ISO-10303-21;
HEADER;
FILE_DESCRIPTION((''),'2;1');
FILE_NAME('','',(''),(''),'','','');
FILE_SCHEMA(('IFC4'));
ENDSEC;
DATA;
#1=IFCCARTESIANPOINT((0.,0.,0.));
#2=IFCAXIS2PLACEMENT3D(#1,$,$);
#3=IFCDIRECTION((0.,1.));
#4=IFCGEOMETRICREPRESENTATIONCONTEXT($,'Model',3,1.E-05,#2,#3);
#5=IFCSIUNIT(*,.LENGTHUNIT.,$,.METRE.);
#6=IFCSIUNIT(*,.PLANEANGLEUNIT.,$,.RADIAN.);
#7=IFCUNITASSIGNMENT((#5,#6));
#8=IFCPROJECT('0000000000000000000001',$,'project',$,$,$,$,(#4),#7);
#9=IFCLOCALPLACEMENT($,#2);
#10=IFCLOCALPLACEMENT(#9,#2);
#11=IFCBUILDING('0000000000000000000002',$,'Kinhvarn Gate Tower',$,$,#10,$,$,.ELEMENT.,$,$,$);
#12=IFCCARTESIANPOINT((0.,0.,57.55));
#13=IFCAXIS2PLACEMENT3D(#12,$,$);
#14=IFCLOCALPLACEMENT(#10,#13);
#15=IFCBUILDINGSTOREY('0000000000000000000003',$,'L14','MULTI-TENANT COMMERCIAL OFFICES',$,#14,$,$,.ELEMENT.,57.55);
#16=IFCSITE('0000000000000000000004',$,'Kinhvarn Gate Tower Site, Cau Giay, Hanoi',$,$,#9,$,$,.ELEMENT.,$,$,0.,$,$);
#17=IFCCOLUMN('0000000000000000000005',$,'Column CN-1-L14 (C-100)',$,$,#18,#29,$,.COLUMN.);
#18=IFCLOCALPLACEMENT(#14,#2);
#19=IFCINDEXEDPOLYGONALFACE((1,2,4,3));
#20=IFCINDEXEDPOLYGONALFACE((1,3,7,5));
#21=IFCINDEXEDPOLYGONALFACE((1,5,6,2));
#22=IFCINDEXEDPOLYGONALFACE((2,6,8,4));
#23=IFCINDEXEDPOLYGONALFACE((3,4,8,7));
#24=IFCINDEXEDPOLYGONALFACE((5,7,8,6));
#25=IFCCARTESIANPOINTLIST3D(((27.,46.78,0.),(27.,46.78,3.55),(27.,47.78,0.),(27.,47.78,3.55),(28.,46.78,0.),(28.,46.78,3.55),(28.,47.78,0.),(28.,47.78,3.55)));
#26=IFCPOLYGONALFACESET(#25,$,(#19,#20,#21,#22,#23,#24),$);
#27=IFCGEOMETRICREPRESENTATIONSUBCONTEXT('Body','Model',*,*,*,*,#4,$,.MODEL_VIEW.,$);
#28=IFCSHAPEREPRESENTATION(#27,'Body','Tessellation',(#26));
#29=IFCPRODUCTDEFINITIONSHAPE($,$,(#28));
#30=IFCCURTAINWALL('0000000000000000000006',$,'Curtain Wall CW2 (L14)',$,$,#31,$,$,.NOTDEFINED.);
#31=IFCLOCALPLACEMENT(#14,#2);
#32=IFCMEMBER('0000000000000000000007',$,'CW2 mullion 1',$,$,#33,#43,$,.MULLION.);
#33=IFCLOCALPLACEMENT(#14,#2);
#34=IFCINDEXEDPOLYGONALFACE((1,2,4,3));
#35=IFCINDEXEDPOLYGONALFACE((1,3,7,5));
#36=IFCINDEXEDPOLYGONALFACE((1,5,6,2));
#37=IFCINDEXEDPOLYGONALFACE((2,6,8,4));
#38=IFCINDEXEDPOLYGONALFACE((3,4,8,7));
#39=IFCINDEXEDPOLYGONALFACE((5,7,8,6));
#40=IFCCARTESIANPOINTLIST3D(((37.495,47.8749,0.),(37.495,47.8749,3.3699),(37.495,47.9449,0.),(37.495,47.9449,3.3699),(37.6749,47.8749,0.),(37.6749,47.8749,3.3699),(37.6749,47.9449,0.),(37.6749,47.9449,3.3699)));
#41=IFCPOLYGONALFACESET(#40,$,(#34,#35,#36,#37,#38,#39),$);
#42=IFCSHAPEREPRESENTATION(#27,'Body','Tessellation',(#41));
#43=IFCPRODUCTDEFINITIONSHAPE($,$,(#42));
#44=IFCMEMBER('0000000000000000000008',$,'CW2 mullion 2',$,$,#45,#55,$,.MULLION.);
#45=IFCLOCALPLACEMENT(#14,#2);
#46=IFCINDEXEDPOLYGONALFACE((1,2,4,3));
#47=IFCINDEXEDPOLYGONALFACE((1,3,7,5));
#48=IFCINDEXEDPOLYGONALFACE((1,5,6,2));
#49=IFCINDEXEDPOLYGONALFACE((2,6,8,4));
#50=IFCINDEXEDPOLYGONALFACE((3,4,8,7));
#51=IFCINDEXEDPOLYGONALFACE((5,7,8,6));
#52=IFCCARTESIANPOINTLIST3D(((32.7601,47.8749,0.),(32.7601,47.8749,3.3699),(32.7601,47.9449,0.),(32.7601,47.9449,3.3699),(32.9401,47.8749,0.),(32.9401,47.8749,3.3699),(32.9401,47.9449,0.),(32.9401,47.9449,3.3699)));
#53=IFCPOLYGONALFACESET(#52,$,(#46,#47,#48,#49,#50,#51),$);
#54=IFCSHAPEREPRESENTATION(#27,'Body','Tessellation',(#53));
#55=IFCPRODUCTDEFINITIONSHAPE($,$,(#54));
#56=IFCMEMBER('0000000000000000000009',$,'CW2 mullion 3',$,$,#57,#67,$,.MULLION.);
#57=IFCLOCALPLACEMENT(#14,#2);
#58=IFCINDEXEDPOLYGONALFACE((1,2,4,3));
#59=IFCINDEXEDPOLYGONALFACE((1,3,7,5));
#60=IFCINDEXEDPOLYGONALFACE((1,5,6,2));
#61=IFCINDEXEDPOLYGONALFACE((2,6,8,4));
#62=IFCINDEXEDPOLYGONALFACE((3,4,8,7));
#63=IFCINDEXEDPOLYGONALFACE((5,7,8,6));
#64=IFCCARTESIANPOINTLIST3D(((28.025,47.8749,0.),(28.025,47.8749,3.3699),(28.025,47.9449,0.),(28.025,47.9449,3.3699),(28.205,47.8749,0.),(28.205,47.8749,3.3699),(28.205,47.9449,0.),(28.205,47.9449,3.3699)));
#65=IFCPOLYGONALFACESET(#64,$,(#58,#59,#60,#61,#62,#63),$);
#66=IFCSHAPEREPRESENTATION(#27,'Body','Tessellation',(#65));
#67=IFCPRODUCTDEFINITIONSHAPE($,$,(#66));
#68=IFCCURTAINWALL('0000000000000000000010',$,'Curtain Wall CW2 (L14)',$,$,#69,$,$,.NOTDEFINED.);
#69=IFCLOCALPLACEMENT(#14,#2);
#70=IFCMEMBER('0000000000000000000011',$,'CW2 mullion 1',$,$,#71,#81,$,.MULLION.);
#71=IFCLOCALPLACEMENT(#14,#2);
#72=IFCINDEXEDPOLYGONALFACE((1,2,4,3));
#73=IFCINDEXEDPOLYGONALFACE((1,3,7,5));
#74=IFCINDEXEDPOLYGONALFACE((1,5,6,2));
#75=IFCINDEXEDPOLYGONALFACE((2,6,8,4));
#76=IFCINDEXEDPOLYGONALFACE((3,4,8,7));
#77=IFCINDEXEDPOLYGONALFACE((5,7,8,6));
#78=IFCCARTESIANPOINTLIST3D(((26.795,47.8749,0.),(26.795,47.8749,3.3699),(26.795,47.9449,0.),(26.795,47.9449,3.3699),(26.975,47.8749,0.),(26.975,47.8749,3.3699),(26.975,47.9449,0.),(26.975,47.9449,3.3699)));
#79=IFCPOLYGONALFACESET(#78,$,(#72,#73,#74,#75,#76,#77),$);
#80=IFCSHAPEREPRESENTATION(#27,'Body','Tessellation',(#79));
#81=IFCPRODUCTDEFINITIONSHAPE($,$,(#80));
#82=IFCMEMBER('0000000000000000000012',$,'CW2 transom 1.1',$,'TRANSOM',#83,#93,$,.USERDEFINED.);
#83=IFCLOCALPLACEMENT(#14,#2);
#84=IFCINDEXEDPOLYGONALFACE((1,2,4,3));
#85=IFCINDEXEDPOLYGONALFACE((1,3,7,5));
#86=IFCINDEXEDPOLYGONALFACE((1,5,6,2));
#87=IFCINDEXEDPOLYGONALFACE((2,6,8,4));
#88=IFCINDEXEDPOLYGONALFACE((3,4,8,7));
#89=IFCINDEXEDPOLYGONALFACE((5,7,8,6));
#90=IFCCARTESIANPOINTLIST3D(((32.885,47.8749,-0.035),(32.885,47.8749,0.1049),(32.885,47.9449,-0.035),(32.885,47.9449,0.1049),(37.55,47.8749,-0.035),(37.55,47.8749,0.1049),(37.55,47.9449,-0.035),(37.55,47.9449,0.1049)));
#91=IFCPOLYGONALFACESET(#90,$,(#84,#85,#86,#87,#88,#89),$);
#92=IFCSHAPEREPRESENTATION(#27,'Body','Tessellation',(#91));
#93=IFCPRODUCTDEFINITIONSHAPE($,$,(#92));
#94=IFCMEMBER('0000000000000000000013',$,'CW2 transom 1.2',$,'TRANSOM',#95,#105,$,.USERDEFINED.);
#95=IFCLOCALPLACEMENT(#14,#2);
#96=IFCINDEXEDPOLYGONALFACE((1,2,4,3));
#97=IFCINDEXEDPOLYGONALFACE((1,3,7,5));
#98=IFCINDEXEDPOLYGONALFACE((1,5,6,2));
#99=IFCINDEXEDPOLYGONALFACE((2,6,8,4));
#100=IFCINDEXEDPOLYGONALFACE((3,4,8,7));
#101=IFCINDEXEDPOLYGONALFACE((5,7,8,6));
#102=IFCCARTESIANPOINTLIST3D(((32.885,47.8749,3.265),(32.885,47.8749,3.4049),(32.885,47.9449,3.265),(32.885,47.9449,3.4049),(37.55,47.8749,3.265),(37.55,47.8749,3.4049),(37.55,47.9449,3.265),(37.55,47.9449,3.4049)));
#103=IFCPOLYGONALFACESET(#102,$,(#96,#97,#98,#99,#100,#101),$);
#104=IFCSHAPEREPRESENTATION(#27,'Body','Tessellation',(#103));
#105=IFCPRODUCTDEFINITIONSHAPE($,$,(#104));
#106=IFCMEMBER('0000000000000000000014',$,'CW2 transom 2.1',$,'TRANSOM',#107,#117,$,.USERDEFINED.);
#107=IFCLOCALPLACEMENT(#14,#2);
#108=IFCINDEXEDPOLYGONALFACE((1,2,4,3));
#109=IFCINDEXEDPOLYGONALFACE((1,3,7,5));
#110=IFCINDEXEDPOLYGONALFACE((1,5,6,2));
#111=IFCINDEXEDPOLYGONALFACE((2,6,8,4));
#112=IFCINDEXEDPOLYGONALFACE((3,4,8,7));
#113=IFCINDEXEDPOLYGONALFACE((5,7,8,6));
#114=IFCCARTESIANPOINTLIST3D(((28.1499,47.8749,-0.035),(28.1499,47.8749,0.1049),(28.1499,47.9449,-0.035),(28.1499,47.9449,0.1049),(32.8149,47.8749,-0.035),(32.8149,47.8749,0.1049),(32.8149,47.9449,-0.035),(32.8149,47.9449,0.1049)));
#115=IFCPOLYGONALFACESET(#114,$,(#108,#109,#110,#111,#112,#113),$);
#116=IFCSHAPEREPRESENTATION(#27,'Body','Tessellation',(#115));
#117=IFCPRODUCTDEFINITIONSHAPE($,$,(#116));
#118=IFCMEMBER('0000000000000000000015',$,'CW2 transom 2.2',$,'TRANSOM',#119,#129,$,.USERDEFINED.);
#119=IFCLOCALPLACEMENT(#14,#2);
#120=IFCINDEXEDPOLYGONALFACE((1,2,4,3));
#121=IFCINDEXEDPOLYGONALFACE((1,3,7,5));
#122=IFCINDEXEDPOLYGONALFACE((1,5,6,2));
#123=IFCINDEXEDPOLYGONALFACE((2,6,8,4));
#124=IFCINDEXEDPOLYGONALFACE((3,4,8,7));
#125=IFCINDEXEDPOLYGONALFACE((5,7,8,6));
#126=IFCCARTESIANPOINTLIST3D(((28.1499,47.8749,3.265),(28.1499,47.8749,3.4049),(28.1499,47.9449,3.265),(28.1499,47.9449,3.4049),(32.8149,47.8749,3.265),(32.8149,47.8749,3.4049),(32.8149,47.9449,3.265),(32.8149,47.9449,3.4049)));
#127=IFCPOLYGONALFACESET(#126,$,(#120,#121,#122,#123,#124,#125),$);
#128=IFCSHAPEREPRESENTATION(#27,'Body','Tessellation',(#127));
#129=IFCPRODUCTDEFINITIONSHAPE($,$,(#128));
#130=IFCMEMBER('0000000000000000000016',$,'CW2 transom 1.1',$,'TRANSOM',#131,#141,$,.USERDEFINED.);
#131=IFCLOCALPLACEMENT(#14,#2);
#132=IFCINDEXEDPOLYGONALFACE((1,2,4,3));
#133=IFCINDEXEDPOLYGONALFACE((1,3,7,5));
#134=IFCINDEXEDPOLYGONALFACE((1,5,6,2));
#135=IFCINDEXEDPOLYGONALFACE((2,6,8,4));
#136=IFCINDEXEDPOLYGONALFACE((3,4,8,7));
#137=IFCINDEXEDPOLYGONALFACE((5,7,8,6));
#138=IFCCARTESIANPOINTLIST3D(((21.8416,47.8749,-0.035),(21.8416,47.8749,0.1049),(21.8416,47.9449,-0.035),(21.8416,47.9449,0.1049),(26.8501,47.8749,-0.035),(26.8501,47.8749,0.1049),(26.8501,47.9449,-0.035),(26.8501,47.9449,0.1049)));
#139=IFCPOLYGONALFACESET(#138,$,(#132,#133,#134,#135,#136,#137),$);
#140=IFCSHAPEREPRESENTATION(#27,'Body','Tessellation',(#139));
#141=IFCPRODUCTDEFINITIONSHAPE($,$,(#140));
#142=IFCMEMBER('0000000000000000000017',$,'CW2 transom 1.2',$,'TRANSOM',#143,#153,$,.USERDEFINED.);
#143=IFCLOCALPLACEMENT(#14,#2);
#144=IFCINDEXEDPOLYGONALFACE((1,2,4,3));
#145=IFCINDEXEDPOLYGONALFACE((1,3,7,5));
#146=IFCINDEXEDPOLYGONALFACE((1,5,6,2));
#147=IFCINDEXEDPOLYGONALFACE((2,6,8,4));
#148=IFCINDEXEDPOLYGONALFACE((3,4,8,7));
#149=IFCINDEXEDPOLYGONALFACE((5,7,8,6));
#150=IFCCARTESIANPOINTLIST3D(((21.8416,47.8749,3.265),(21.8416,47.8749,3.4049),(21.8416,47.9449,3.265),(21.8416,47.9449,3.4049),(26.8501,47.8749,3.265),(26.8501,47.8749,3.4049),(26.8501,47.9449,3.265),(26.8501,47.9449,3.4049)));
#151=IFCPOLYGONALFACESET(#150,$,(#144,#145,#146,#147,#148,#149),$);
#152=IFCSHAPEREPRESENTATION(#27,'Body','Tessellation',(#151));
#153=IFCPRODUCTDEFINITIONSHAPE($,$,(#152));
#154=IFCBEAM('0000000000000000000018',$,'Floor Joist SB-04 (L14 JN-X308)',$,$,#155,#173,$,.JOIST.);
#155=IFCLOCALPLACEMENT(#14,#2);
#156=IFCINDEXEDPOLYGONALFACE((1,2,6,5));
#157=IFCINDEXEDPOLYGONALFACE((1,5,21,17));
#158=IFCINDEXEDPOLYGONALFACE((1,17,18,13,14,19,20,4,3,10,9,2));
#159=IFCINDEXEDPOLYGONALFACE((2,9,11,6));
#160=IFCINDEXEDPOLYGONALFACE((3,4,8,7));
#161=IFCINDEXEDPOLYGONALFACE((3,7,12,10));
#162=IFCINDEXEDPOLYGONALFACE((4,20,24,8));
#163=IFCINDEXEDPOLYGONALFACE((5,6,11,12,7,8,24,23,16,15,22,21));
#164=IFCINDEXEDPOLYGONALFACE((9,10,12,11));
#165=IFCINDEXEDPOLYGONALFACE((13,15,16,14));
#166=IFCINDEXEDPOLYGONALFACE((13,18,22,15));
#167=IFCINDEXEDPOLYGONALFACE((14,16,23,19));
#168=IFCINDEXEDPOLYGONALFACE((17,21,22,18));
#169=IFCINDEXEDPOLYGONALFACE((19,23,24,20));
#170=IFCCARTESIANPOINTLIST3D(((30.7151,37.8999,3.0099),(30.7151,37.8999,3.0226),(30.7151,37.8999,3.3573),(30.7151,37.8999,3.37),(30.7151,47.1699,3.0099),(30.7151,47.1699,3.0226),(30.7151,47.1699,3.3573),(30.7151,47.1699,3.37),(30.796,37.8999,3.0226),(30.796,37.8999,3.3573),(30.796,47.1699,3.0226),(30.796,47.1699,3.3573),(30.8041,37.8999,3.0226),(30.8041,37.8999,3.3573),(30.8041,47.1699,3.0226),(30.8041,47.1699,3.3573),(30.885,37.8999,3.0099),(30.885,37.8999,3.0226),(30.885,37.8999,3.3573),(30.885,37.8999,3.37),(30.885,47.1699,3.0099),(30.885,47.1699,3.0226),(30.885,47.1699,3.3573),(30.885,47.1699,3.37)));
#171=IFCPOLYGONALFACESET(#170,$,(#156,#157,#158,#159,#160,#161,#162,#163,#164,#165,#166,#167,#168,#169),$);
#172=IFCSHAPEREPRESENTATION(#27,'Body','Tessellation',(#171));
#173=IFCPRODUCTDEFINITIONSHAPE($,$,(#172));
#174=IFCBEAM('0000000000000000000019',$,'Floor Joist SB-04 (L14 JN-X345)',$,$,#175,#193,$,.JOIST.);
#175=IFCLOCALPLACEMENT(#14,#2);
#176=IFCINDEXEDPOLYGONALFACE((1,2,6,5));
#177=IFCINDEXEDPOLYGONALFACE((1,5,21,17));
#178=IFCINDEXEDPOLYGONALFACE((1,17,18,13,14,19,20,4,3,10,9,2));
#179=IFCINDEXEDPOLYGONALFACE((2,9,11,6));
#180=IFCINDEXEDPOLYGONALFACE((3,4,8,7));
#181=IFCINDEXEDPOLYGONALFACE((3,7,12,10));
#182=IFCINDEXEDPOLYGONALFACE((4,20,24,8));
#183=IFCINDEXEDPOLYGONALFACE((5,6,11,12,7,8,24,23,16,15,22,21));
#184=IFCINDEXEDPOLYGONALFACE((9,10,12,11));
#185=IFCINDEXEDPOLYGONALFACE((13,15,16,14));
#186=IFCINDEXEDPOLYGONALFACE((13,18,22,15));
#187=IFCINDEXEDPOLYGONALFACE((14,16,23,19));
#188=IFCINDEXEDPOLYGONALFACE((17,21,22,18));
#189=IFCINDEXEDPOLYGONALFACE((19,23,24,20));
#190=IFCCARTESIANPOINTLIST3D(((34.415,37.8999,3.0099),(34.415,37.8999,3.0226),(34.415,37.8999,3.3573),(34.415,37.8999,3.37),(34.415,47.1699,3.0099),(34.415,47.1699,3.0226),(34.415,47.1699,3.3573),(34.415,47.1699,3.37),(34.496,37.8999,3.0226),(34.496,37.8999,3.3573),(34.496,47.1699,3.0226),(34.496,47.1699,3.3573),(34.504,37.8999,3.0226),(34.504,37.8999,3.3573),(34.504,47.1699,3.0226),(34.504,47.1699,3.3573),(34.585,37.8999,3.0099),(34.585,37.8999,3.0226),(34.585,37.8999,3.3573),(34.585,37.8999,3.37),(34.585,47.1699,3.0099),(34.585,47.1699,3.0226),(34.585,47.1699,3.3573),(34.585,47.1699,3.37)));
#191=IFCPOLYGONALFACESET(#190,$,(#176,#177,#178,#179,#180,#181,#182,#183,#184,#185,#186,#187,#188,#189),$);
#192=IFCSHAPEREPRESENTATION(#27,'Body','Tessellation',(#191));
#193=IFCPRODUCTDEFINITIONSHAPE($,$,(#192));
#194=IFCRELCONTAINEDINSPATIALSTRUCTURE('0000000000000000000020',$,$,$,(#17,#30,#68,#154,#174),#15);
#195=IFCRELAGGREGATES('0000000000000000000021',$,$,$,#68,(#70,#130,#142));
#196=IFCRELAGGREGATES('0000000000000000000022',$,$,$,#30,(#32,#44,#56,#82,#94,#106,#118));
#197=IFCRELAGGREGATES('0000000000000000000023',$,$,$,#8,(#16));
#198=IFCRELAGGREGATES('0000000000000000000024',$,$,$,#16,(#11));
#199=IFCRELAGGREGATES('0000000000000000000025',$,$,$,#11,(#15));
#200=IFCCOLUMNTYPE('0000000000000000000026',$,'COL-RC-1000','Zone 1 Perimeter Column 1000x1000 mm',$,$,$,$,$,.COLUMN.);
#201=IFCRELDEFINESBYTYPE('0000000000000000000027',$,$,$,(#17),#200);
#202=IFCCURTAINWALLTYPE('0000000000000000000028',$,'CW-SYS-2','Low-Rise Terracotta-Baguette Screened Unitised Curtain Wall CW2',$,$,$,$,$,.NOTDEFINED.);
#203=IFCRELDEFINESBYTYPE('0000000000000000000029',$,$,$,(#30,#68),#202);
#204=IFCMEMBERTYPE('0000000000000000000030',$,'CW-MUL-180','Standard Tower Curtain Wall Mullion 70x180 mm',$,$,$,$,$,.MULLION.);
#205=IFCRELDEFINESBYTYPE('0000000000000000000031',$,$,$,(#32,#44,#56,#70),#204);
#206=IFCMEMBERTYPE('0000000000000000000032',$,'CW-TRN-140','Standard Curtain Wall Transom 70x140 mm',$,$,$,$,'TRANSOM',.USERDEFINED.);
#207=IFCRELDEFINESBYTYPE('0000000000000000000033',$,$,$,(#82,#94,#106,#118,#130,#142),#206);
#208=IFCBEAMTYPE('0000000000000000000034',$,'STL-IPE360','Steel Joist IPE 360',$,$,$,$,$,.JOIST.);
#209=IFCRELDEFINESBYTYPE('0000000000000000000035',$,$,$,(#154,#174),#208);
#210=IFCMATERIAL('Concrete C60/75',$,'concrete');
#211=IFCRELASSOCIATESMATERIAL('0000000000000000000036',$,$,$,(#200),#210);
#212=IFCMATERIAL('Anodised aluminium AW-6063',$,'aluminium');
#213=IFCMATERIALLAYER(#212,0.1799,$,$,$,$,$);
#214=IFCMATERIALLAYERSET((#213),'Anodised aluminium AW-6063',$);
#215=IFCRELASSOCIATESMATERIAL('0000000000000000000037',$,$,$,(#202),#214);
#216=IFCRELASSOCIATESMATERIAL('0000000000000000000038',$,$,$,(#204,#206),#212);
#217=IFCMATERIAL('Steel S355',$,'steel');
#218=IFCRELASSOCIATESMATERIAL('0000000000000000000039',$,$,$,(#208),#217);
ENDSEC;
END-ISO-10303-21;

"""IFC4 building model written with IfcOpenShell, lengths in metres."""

from ifc_helpers import new_model, si_unit, direction, frame, origin, origin_2d, place, context, subcontext, project, spatial, rectangle, i_section, extrude, material, layer, layer_set, material_profile, profile_set, type_object, element, aggregate, save


model = new_model("IFC4")

# Units and contexts
model_context = context("Model", 3, precision=1e-05, world=origin(), true_north=direction((0.0, 1.0)))
body_context = subcontext(model_context, "Body", "Model", "MODEL_VIEW")
ifc_project = project(units=[si_unit("LENGTHUNIT", "METRE"), si_unit("PLANEANGLEUNIT", "RADIAN")], contexts=[model_context])

# Site, building, storey
site_placement = place(None, origin())
site = spatial("IfcSite", under=ifc_project, at=site_placement, Name="Kinhvarn Gate Tower Site, Cau Giay, Hanoi", CompositionType="ELEMENT", RefElevation=0.0)
building_placement = place(site_placement, origin())
building = spatial("IfcBuilding", under=site, at=building_placement, Name="Kinhvarn Gate Tower", CompositionType="ELEMENT")
storey_placement = place(building_placement, frame((0.0, 0.0, 57.55)))
storey = spatial("IfcBuildingStorey", under=building, at=storey_placement, Name="L14", Description="MULTI-TENANT COMMERCIAL OFFICES", CompositionType="ELEMENT", Elevation=57.55)

# Column
ifc_material_1 = material(Name="Concrete C60/75", Category="concrete")
ifc_material_profile_1 = material_profile(ifc_material_1, rectangle(XDim=1.0, YDim=1.0, at=origin_2d()), Name="RC 1000x1000")
ifc_profile_set_1 = profile_set([ifc_material_profile_1], Name="Concrete C60/75")
column_type = type_object("IfcColumnType", Name="COL-RC-1000", Description="Zone 1 Perimeter Column 1000x1000 mm", PredefinedType="COLUMN", material=ifc_profile_set_1)
column_placement = place(storey_placement, frame((27.5, 47.28, 0.0), z_axis=(0.0, 0.0, 1.0), x_axis=(1.0, 0.0, 0.0)))
element("IfcColumn", 1, at=column_placement, inside=storey, type_object=column_type, Name="Column CN-1-L14 (C-100)", PredefinedType="COLUMN", context=body_context, shape_type="SweptSolid", body=[
    extrude(rectangle(XDim=1.0, YDim=1.0, at=origin_2d()), origin(), (0.0, 0.0, 1.0), 3.55),
])

# Curtain wall, members
ifc_material_2 = material(Name="Anodised aluminium AW-6063", Category="aluminium")
ifc_layer_1 = layer(ifc_material_2, 0.1799)
ifc_layer_set_1 = layer_set([ifc_layer_1], Name="Anodised aluminium AW-6063")
curtain_wall_type = type_object("IfcCurtainWallType", Name="CW-SYS-2", Description="Low-Rise Terracotta-Baguette Screened Unitised Curtain Wall CW2", PredefinedType="NOTDEFINED", material=ifc_layer_set_1)
curtain_wall_1_placement = place(storey_placement, origin())
curtain_wall_1 = element("IfcCurtainWall", 2, at=curtain_wall_1_placement, inside=storey, type_object=curtain_wall_type, Name="Curtain Wall CW2 (L14)", PredefinedType="NOTDEFINED")
ifc_material_profile_2 = material_profile(ifc_material_2, rectangle(XDim=0.0701, YDim=0.1799, at=origin_2d()), Name="ALU 70x180")
ifc_profile_set_2 = profile_set([ifc_material_profile_2], Name="Anodised aluminium AW-6063")
member_type_1 = type_object("IfcMemberType", Name="CW-MUL-180", Description="Standard Tower Curtain Wall Mullion 70x180 mm", PredefinedType="MULLION", material=ifc_profile_set_2)
member_1_placement = place(storey_placement, frame((37.585, 47.9099, 0.0), z_axis=(0.0, 0.0, 1.0), x_axis=(0.0, -1.0, 0.0)))
member_1 = element("IfcMember", 3, at=member_1_placement, type_object=member_type_1, Name="CW2 mullion 1", PredefinedType="MULLION", context=body_context, shape_type="SweptSolid", body=[
    extrude(rectangle(XDim=0.0701, YDim=0.1799, at=origin_2d()), origin(), (0.0, 0.0, 1.0), 3.3699),
])
member_2_placement = place(storey_placement, frame((32.8501, 47.9099, 0.0), z_axis=(0.0, 0.0, 1.0), x_axis=(0.0, -1.0, 0.0)))
member_2 = element("IfcMember", 4, at=member_2_placement, type_object=member_type_1, Name="CW2 mullion 2", PredefinedType="MULLION", context=body_context, shape_type="SweptSolid", body=[
    extrude(rectangle(XDim=0.0701, YDim=0.1799, at=origin_2d()), origin(), (0.0, 0.0, 1.0), 3.3699),
])
member_3_placement = place(storey_placement, frame((28.115, 47.9099, 0.0), z_axis=(0.0, 0.0, 1.0), x_axis=(0.0, -1.0, 0.0)))
member_3 = element("IfcMember", 5, at=member_3_placement, type_object=member_type_1, Name="CW2 mullion 3", PredefinedType="MULLION", context=body_context, shape_type="SweptSolid", body=[
    extrude(rectangle(XDim=0.0701, YDim=0.1799, at=origin_2d()), origin(), (0.0, 0.0, 1.0), 3.3699),
])

# Curtain wall, member
curtain_wall_2_placement = place(storey_placement, origin())
curtain_wall_2 = element("IfcCurtainWall", 6, at=curtain_wall_2_placement, inside=storey, type_object=curtain_wall_type, Name="Curtain Wall CW2 (L14)", PredefinedType="NOTDEFINED")
member_4_placement = place(storey_placement, frame((26.885, 47.9099, 0.0), z_axis=(0.0, 0.0, 1.0), x_axis=(0.0, -1.0, 0.0)))
member_4 = element("IfcMember", 7, at=member_4_placement, type_object=member_type_1, Name="CW2 mullion 1", PredefinedType="MULLION", context=body_context, shape_type="SweptSolid", body=[
    extrude(rectangle(XDim=0.0701, YDim=0.1799, at=origin_2d()), origin(), (0.0, 0.0, 1.0), 3.3699),
])

# Members
ifc_material_profile_3 = material_profile(ifc_material_2, rectangle(XDim=0.0701, YDim=0.1399, at=origin_2d()), Name="ALU 70x140")
ifc_profile_set_3 = profile_set([ifc_material_profile_3], Name="Anodised aluminium AW-6063")
member_type_2 = type_object("IfcMemberType", Name="CW-TRN-140", Description="Standard Curtain Wall Transom 70x140 mm", ElementType="TRANSOM", PredefinedType="USERDEFINED", material=ifc_profile_set_3)
member_5_placement = place(storey_placement, frame((37.55, 47.9099, 0.0349), z_axis=(-1.0, 0.0, 0.0), x_axis=(0.0, -1.0, 0.0)))
member_5 = element("IfcMember", 8, at=member_5_placement, type_object=member_type_2, Name="CW2 transom 1.1", ObjectType="TRANSOM", PredefinedType="USERDEFINED", context=body_context, shape_type="SweptSolid", body=[
    extrude(rectangle(XDim=0.0701, YDim=0.1399, at=origin_2d()), origin(), (0.0, 0.0, 1.0), 4.665),
])
member_6_placement = place(storey_placement, frame((37.55, 47.9099, 3.335), z_axis=(-1.0, 0.0, 0.0), x_axis=(0.0, -1.0, 0.0)))
member_6 = element("IfcMember", 9, at=member_6_placement, type_object=member_type_2, Name="CW2 transom 1.2", ObjectType="TRANSOM", PredefinedType="USERDEFINED", context=body_context, shape_type="SweptSolid", body=[
    extrude(rectangle(XDim=0.0701, YDim=0.1399, at=origin_2d()), origin(), (0.0, 0.0, 1.0), 4.665),
])
member_7_placement = place(storey_placement, frame((32.8149, 47.9099, 0.0349), z_axis=(-1.0, 0.0, 0.0), x_axis=(0.0, -1.0, 0.0)))
member_7 = element("IfcMember", 10, at=member_7_placement, type_object=member_type_2, Name="CW2 transom 2.1", ObjectType="TRANSOM", PredefinedType="USERDEFINED", context=body_context, shape_type="SweptSolid", body=[
    extrude(rectangle(XDim=0.0701, YDim=0.1399, at=origin_2d()), origin(), (0.0, 0.0, 1.0), 4.665),
])
member_8_placement = place(storey_placement, frame((32.8149, 47.9099, 3.335), z_axis=(-1.0, 0.0, 0.0), x_axis=(0.0, -1.0, 0.0)))
member_8 = element("IfcMember", 11, at=member_8_placement, type_object=member_type_2, Name="CW2 transom 2.2", ObjectType="TRANSOM", PredefinedType="USERDEFINED", context=body_context, shape_type="SweptSolid", body=[
    extrude(rectangle(XDim=0.0701, YDim=0.1399, at=origin_2d()), origin(), (0.0, 0.0, 1.0), 4.665),
])
member_9_placement = place(storey_placement, frame((26.8501, 47.9099, 0.0349), z_axis=(-1.0, 0.0, 0.0), x_axis=(0.0, -1.0, 0.0)))
member_9 = element("IfcMember", 12, at=member_9_placement, type_object=member_type_2, Name="CW2 transom 1.1", ObjectType="TRANSOM", PredefinedType="USERDEFINED", context=body_context, shape_type="SweptSolid", body=[
    extrude(rectangle(XDim=0.0701, YDim=0.1399, at=origin_2d()), origin(), (0.0, 0.0, 1.0), 5.0085),
])
member_10_placement = place(storey_placement, frame((26.8501, 47.9099, 3.335), z_axis=(-1.0, 0.0, 0.0), x_axis=(0.0, -1.0, 0.0)))
member_10 = element("IfcMember", 13, at=member_10_placement, type_object=member_type_2, Name="CW2 transom 1.2", ObjectType="TRANSOM", PredefinedType="USERDEFINED", context=body_context, shape_type="SweptSolid", body=[
    extrude(rectangle(XDim=0.0701, YDim=0.1399, at=origin_2d()), origin(), (0.0, 0.0, 1.0), 5.0085),
])
aggregate(curtain_wall_2, [member_4, member_9, member_10])

# Beams
ifc_material_3 = material(Name="Steel S355", Category="steel")
ifc_material_profile_4 = material_profile(ifc_material_3, i_section(OverallWidth=0.1699, OverallDepth=0.3601, WebThickness=0.0081, FlangeThickness=0.0127, at=origin_2d()), Name="IPE 360")
ifc_profile_set_4 = profile_set([ifc_material_profile_4], Name="Steel S355")
beam_type_1 = type_object("IfcBeamType", Name="STL-IPE360", Description="Steel Joist IPE 360", PredefinedType="JOIST", material=ifc_profile_set_4)
for number, where, z_axis, x_axis, name in (
    (14, (30.8, 37.8999, 3.1899), (0.0, 1.0, 0.0), (-1.0, 0.0, 0.0), "Floor Joist SB-04 (L14 JN-X308)"),
    (15, (34.5, 37.8999, 3.1899), (0.0, 1.0, 0.0), (-1.0, 0.0, 0.0), "Floor Joist SB-04 (L14 JN-X345)"),
):
    element("IfcBeam", number, at=place(storey_placement, frame(where, z_axis=z_axis, x_axis=x_axis)), inside=storey, type_object=beam_type_1, Name=name, PredefinedType="JOIST", context=body_context, shape_type="SweptSolid", body=[
        extrude(i_section(OverallWidth=0.1699, OverallDepth=0.3601, WebThickness=0.0081, FlangeThickness=0.0127, at=origin_2d()), origin(), (0.0, 0.0, 1.0), 9.27),
    ])

aggregate(curtain_wall_1, [member_1, member_2, member_3, member_5, member_6, member_7, member_8])

save(model, "model.ifc")
